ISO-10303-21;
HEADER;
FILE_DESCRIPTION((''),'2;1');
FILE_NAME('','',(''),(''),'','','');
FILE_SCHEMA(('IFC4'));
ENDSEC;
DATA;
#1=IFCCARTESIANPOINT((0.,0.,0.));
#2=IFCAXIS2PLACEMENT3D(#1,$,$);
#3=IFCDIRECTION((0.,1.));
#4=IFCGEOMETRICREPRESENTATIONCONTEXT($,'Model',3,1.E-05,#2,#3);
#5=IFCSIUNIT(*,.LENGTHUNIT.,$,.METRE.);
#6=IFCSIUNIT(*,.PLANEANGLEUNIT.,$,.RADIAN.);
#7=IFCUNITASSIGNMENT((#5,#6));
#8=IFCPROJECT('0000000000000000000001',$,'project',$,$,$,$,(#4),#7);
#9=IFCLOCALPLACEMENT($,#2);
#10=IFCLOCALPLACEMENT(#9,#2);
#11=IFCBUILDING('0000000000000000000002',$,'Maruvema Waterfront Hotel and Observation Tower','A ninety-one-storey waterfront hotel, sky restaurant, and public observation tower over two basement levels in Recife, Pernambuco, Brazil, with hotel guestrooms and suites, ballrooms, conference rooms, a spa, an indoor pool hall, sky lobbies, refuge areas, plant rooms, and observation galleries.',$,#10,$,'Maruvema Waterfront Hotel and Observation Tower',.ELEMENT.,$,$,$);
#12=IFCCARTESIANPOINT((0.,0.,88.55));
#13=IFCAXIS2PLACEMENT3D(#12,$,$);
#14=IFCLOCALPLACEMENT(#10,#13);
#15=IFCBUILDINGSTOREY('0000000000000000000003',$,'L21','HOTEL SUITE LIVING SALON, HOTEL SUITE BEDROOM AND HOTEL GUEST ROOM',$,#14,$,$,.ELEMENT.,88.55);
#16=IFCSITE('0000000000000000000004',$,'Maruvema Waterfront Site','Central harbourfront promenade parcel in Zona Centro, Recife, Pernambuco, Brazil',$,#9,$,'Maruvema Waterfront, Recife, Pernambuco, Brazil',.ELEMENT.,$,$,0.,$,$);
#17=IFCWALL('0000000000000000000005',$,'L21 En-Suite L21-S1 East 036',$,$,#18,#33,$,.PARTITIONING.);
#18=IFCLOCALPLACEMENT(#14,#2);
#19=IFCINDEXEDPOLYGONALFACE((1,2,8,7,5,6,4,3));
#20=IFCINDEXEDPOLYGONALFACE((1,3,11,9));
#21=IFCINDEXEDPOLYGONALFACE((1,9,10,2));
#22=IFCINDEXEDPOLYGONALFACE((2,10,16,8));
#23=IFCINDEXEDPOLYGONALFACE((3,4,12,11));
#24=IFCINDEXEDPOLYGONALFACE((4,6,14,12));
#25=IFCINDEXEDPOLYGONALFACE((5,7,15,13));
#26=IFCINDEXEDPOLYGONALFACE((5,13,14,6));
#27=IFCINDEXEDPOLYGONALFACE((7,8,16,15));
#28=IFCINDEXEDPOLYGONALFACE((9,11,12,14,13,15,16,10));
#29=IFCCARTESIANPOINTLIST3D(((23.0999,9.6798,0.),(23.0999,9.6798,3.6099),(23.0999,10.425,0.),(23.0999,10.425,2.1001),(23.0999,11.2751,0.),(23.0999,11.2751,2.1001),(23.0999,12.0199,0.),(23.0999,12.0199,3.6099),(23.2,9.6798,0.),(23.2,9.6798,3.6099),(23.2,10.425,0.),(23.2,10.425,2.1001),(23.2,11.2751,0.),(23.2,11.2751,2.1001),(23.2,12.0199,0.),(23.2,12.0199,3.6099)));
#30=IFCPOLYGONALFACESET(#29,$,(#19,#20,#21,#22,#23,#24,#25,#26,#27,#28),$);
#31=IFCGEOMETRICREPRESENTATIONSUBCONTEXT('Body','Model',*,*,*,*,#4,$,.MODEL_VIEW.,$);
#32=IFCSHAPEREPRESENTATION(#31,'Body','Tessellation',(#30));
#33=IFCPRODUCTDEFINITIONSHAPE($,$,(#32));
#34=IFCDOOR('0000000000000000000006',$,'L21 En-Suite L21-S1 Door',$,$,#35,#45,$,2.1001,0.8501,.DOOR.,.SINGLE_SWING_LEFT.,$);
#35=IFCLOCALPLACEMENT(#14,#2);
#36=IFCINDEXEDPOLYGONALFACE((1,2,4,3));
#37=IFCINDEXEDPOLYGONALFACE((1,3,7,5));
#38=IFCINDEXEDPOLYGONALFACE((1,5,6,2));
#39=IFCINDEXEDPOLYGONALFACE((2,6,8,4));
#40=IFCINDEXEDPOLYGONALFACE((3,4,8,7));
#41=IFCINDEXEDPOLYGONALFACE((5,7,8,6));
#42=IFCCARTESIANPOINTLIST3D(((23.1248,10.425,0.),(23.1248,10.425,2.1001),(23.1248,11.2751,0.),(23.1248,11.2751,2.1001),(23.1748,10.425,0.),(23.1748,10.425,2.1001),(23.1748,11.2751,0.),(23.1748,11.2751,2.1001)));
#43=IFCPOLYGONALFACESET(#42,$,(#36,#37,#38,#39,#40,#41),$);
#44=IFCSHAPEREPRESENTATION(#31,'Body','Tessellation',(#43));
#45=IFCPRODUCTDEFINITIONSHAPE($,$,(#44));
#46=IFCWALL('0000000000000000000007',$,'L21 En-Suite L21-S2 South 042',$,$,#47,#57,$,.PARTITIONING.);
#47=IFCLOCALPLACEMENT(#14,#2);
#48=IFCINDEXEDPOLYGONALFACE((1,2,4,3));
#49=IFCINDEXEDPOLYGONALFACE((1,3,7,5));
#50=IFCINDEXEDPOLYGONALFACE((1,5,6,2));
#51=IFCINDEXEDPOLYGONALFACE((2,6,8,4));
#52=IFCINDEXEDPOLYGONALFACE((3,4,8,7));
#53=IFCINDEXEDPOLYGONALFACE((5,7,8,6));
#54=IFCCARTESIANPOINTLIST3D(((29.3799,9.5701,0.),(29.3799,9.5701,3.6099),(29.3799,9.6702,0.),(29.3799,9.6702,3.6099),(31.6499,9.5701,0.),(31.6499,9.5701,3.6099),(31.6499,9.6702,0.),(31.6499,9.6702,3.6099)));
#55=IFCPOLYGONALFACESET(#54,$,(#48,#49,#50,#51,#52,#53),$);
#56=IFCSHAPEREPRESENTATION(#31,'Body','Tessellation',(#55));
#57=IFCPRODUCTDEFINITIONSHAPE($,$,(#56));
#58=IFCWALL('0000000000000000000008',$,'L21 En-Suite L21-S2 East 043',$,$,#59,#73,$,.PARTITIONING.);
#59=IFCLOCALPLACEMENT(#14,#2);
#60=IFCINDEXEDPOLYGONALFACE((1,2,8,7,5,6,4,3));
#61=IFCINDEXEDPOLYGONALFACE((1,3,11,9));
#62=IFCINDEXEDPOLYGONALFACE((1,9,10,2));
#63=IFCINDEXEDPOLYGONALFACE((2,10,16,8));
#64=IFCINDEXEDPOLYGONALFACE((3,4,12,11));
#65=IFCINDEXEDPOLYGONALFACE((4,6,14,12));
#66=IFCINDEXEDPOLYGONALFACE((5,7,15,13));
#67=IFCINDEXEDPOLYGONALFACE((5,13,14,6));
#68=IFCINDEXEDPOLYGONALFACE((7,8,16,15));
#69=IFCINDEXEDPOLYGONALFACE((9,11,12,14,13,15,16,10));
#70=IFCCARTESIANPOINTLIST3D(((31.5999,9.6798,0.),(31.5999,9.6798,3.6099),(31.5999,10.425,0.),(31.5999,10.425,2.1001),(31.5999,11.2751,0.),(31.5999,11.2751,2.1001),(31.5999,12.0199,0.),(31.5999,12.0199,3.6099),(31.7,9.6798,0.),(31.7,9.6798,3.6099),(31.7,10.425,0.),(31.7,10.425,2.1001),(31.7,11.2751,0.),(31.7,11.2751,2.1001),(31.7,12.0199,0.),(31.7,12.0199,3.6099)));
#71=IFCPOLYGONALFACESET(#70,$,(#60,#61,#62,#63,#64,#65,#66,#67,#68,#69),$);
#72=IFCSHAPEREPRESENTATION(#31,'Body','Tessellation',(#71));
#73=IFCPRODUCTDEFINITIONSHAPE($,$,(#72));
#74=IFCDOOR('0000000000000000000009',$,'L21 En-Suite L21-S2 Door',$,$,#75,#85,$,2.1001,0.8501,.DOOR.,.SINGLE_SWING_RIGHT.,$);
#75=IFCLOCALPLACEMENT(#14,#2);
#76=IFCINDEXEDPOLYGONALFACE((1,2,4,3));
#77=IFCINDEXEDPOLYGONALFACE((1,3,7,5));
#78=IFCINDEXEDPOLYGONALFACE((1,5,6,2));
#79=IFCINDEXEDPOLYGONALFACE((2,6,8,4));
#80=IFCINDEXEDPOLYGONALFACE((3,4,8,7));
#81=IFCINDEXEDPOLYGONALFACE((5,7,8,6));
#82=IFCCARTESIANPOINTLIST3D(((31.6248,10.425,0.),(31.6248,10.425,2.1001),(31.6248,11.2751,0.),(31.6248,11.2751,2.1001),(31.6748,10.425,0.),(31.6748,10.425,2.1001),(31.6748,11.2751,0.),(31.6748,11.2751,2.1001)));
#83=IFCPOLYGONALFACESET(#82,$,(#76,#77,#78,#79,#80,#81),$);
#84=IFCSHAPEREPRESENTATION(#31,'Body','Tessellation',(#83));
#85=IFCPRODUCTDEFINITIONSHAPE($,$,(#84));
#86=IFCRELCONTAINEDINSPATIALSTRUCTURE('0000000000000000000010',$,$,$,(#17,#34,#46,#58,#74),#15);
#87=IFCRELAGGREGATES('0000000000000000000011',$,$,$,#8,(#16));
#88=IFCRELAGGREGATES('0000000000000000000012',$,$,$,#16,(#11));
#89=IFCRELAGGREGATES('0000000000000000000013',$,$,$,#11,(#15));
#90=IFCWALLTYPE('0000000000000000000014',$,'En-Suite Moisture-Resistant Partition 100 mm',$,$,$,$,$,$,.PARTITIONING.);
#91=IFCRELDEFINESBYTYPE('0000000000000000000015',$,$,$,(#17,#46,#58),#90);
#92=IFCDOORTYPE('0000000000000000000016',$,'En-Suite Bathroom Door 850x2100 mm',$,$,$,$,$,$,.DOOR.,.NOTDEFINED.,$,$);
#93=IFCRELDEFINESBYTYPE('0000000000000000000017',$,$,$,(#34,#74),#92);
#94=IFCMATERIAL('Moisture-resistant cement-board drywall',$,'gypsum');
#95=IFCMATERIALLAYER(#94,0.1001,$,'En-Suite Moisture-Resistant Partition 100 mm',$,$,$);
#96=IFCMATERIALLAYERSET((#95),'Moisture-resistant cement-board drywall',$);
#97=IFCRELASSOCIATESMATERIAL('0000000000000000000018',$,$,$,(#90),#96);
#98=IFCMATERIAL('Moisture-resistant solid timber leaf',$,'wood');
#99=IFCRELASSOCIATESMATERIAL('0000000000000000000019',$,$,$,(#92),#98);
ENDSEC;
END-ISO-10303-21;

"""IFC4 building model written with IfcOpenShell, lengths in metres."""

from ifc_helpers import new_model, si_unit, direction, frame, frame_2d, origin, place, context, subcontext, project, spatial, rectangle, extrude, material, layer, layer_set, type_object, element, fill, save


model = new_model("IFC4")

# Units and contexts
model_context = context("Model", 3, precision=1e-05, world=origin(), true_north=direction((0.0, 1.0)))
body_context = subcontext(model_context, "Body", "Model", "MODEL_VIEW")
ifc_project = project(units=[si_unit("LENGTHUNIT", "METRE"), si_unit("PLANEANGLEUNIT", "RADIAN")], contexts=[model_context])

# Site, building, storey
site_placement = place(None, origin())
site = spatial("IfcSite", under=ifc_project, at=site_placement, Name="Maruvema Waterfront Site", Description="Central harbourfront promenade parcel in Zona Centro, Recife, Pernambuco, Brazil", LongName="Maruvema Waterfront, Recife, Pernambuco, Brazil", CompositionType="ELEMENT", RefElevation=0.0)
building_placement = place(site_placement, origin())
building = spatial("IfcBuilding", under=site, at=building_placement, Name="Maruvema Waterfront Hotel and Observation Tower", Description="A ninety-one-storey waterfront hotel, sky restaurant, and public observation tower over two basement levels in Recife, Pernambuco, Brazil, with hotel guestrooms and suites, ballrooms, conference rooms, a spa, an indoor pool hall, sky lobbies, refuge areas, plant rooms, and observation galleries.", LongName="Maruvema Waterfront Hotel and Observation Tower", CompositionType="ELEMENT")
storey_placement = place(building_placement, frame((0.0, 0.0, 88.55)))
storey = spatial("IfcBuildingStorey", under=building, at=storey_placement, Name="L21", Description="HOTEL SUITE LIVING SALON, HOTEL SUITE BEDROOM AND HOTEL GUEST ROOM", CompositionType="ELEMENT", Elevation=88.55)

# Shared definitions
ifc_material_1 = material(Name="Moisture-resistant cement-board drywall", Category="gypsum")
ifc_layer_1 = layer(ifc_material_1, 0.1001, Name="En-Suite Moisture-Resistant Partition 100 mm")
ifc_layer_set_1 = layer_set([ifc_layer_1], Name="Moisture-resistant cement-board drywall")
wall_type_1 = type_object("IfcWallType", Name="En-Suite Moisture-Resistant Partition 100 mm", PredefinedType="PARTITIONING", material=ifc_layer_set_1)

# Wall, opening, door
wall_1_placement = place(storey_placement, frame((23.1499, 9.6799, 0.0), z_axis=(0.0, 0.0, 1.0), x_axis=(0.0, 1.0, 0.0)))
wall_1 = element("IfcWall", 1, at=wall_1_placement, inside=storey, type_object=wall_type_1, Name="L21 En-Suite L21-S1 East 036", PredefinedType="PARTITIONING", context=body_context, shape_type="SweptSolid", body=[
    extrude(rectangle(XDim=2.3401, YDim=0.1001, at=frame_2d((1.1699, 0.0))), origin(), (0.0, 0.0, 1.0), 3.6099),
])
opening_1_placement = place(wall_1_placement, frame((0.7451, 0.0, 0.0)))
opening_1 = element("IfcOpeningElement", 2, at=opening_1_placement, cuts=wall_1, PredefinedType="OPENING", context=body_context, shape_type="SweptSolid", body=[
    extrude(rectangle(XDim=0.8501, YDim=2.1001, at=frame_2d((0.425, 1.05))), frame((0.0, 0.0601, 0.0), z_axis=(0.0, -1.0, 0.0), x_axis=(1.0, 0.0, 0.0)), (0.0, 0.0, 1.0), 0.1201),
])
ifc_material_2 = material(Name="Moisture-resistant solid timber leaf", Category="wood")
door_type_1 = type_object("IfcDoorType", Name="En-Suite Bathroom Door 850x2100 mm", OperationType="NOTDEFINED", PredefinedType="DOOR", material=ifc_material_2)
door_1_placement = place(opening_1_placement, frame((0.8501, 0.0, 0.0), z_axis=(0.0, 0.0, 1.0), x_axis=(-1.0, 0.0, 0.0)))
door_1 = element("IfcDoor", 3, at=door_1_placement, inside=storey, type_object=door_type_1, Name="L21 En-Suite L21-S1 Door", OperationType="SINGLE_SWING_LEFT", OverallHeight=2.1001, OverallWidth=0.8501, PredefinedType="DOOR", context=body_context, shape_type="SweptSolid", body=[
    extrude(rectangle(XDim=0.8501, YDim=2.1001, at=frame_2d((0.425, 1.05))), frame((0.0, 0.0249, 0.0), z_axis=(0.0, -1.0, 0.0), x_axis=(1.0, 0.0, 0.0)), (0.0, 0.0, 1.0), 0.05),
])
fill(opening_1, door_1)

# Wall
wall_2_placement = place(storey_placement, frame((29.3799, 9.6201, 0.0), z_axis=(0.0, 0.0, 1.0), x_axis=(1.0, 0.0, 0.0)))
element("IfcWall", 4, at=wall_2_placement, inside=storey, type_object=wall_type_1, Name="L21 En-Suite L21-S2 South 042", PredefinedType="PARTITIONING", context=body_context, shape_type="SweptSolid", body=[
    extrude(rectangle(XDim=2.27, YDim=0.1001, at=frame_2d((1.135, 0.0))), origin(), (0.0, 0.0, 1.0), 3.6099),
])

# Wall, opening, door
wall_3_placement = place(storey_placement, frame((31.6499, 9.6799, 0.0), z_axis=(0.0, 0.0, 1.0), x_axis=(0.0, 1.0, 0.0)))
wall_3 = element("IfcWall", 5, at=wall_3_placement, inside=storey, type_object=wall_type_1, Name="L21 En-Suite L21-S2 East 043", PredefinedType="PARTITIONING", context=body_context, shape_type="SweptSolid", body=[
    extrude(rectangle(XDim=2.3401, YDim=0.1001, at=frame_2d((1.1699, 0.0))), origin(), (0.0, 0.0, 1.0), 3.6099),
])
opening_2_placement = place(wall_3_placement, frame((0.7451, 0.0, 0.0)))
opening_2 = element("IfcOpeningElement", 6, at=opening_2_placement, cuts=wall_3, PredefinedType="OPENING", context=body_context, shape_type="SweptSolid", body=[
    extrude(rectangle(XDim=0.8501, YDim=2.1001, at=frame_2d((0.425, 1.05))), frame((0.0, 0.0601, 0.0), z_axis=(0.0, -1.0, 0.0), x_axis=(1.0, 0.0, 0.0)), (0.0, 0.0, 1.0), 0.1201),
])
door_2_placement = place(opening_2_placement, frame((0.8501, 0.0, 0.0), z_axis=(0.0, 0.0, 1.0), x_axis=(-1.0, 0.0, 0.0)))
door_2 = element("IfcDoor", 7, at=door_2_placement, inside=storey, type_object=door_type_1, Name="L21 En-Suite L21-S2 Door", OperationType="SINGLE_SWING_RIGHT", OverallHeight=2.1001, OverallWidth=0.8501, PredefinedType="DOOR", context=body_context, shape_type="SweptSolid", body=[
    extrude(rectangle(XDim=0.8501, YDim=2.1001, at=frame_2d((0.425, 1.05))), frame((0.0, 0.0249, 0.0), z_axis=(0.0, -1.0, 0.0), x_axis=(1.0, 0.0, 0.0)), (0.0, 0.0, 1.0), 0.05),
])
fill(opening_2, door_2)

save(model, "model.ifc")
